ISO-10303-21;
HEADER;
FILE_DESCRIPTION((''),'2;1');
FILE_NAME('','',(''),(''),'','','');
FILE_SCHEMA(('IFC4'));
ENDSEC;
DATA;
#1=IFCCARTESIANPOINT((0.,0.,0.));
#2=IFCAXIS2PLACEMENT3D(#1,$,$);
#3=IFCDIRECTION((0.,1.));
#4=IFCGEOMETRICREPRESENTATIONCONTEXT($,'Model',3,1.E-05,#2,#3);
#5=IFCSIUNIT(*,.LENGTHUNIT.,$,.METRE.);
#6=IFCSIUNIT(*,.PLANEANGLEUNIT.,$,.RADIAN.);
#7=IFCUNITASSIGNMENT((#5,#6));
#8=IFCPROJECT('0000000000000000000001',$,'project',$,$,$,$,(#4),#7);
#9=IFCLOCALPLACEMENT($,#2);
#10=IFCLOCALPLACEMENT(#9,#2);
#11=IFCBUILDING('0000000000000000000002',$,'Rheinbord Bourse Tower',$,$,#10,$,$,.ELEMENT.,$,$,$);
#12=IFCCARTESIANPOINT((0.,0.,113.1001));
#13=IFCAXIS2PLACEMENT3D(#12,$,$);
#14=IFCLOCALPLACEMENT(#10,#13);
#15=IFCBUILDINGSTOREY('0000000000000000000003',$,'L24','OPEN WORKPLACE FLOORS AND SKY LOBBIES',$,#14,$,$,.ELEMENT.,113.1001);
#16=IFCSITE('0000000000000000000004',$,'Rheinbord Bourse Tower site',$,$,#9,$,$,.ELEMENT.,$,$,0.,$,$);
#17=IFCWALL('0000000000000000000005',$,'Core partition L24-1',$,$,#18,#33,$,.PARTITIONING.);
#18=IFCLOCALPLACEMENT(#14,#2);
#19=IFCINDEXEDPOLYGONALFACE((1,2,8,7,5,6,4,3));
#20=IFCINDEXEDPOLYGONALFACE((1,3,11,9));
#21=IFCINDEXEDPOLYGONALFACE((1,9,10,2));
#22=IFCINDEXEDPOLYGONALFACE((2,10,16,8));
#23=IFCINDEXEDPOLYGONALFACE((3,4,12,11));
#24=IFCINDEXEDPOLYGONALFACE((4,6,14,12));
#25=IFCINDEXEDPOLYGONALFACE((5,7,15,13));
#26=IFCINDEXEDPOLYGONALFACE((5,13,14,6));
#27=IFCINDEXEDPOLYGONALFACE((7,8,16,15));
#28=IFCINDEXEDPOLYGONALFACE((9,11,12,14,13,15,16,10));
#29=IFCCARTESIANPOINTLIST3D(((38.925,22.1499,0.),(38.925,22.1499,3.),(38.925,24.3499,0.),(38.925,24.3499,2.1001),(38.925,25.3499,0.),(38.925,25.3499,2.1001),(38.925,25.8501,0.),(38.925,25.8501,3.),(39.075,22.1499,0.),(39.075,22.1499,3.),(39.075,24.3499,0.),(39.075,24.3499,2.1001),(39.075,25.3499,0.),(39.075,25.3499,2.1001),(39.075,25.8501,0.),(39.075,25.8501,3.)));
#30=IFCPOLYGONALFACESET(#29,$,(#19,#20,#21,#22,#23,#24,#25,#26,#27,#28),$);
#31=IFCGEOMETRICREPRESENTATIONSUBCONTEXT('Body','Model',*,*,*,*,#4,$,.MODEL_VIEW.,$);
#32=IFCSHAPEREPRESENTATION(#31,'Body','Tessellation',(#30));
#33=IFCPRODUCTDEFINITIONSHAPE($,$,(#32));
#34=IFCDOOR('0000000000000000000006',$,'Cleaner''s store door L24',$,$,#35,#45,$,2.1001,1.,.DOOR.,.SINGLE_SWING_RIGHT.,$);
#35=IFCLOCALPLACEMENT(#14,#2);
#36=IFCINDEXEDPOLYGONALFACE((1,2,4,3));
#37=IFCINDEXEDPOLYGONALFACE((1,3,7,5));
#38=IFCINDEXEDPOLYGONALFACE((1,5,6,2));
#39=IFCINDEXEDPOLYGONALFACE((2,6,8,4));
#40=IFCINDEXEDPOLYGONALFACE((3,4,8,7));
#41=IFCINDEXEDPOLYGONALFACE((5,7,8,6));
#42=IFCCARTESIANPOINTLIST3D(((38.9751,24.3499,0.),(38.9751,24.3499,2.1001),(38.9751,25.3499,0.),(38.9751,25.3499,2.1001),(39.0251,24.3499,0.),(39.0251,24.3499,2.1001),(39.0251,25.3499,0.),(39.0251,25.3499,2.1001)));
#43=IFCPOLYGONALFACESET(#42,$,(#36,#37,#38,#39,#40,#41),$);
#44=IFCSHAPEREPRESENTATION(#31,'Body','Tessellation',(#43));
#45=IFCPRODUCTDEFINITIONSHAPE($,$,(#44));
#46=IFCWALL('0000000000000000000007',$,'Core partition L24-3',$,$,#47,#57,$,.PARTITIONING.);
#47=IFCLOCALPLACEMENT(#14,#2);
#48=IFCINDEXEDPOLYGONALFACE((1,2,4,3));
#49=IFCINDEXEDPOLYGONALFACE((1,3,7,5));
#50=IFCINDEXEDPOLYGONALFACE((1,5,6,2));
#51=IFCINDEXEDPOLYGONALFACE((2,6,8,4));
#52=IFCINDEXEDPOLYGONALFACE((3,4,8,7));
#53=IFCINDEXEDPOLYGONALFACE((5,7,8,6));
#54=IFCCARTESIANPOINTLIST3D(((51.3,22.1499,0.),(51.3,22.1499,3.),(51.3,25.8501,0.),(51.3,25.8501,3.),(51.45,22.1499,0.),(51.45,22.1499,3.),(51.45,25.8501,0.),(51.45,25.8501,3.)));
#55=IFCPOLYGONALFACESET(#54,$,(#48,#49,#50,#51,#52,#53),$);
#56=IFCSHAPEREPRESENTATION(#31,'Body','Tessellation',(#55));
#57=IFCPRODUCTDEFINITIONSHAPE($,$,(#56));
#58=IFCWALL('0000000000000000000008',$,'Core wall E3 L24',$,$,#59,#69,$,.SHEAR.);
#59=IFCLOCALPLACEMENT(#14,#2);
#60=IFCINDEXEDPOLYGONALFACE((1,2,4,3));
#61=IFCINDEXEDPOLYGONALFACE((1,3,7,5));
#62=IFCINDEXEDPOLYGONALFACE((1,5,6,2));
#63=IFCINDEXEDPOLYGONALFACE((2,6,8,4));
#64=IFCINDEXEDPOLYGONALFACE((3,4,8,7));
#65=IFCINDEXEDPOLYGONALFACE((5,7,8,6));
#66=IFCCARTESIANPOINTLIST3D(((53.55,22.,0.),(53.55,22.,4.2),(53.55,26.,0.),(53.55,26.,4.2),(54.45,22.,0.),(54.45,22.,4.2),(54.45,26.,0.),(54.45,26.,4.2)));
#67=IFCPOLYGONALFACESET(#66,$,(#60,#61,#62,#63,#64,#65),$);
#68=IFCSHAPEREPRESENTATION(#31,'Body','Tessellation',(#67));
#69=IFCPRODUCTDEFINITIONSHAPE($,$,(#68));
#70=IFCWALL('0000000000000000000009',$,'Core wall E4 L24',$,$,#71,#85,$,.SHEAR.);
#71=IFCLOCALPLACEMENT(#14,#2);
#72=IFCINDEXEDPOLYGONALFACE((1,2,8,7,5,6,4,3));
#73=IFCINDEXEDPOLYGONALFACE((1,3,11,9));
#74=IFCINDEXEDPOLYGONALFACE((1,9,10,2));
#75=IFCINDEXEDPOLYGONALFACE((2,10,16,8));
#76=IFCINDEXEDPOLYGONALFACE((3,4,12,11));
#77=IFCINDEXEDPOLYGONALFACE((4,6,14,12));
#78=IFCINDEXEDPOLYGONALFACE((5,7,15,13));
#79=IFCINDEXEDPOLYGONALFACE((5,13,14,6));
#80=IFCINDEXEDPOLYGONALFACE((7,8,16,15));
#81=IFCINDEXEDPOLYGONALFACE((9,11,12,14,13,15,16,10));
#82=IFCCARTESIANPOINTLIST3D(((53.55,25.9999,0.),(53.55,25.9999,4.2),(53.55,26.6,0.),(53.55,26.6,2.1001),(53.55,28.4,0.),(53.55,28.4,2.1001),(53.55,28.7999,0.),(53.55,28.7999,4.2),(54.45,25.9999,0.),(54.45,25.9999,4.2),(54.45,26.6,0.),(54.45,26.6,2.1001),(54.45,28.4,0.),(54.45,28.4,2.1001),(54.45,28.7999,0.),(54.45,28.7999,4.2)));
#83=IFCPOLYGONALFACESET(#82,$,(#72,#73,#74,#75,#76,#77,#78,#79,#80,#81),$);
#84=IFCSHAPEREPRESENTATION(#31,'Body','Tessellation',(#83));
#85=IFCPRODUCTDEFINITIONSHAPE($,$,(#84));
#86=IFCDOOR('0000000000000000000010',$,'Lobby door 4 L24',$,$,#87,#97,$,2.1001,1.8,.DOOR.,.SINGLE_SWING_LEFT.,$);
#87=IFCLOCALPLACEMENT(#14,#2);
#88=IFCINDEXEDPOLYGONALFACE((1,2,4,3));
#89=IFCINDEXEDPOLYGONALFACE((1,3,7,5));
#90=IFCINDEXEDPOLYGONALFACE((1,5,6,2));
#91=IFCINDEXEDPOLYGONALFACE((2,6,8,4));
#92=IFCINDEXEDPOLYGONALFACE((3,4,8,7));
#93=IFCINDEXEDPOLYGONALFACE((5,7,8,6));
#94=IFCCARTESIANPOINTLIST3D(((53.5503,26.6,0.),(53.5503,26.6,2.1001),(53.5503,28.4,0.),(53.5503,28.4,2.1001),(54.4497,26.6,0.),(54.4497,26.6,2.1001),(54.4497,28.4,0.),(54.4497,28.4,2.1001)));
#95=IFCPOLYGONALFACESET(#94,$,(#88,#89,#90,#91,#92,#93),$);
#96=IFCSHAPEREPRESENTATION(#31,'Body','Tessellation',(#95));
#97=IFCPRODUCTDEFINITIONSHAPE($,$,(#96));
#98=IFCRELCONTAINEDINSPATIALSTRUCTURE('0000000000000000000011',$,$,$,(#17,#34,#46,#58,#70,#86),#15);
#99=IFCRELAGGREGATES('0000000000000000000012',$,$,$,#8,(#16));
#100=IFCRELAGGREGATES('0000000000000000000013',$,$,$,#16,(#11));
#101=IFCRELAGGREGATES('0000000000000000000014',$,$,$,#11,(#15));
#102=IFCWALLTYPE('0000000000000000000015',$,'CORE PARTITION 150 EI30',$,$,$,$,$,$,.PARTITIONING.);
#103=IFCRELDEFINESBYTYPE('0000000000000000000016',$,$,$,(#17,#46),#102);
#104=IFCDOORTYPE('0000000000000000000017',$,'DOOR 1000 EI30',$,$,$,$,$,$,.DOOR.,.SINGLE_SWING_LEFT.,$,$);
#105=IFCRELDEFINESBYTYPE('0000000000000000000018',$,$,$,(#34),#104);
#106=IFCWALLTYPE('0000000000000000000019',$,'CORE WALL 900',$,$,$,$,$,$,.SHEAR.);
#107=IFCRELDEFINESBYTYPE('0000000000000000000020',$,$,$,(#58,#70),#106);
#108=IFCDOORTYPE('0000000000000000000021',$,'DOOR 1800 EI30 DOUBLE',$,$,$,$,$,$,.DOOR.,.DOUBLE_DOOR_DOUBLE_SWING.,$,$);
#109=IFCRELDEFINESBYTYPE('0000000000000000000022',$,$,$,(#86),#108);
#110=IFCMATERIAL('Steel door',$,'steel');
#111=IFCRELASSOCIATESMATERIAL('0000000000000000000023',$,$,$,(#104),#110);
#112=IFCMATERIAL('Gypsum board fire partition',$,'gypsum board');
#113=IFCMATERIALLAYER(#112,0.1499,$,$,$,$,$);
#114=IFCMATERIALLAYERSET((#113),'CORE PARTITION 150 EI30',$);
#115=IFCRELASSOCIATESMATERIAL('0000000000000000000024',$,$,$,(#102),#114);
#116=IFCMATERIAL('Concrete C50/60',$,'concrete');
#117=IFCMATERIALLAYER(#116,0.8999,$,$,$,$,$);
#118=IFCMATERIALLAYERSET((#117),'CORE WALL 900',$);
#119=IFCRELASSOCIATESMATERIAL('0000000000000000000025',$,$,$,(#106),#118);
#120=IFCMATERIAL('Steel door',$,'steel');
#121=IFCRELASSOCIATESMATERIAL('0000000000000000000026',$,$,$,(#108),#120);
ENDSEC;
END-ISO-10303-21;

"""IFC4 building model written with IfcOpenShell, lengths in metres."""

from ifc_helpers import new_model, si_unit, direction, frame, frame_2d, origin, place, context, subcontext, project, spatial, rectangle, extrude, material, layer, layer_set, type_object, element, fill, save


model = new_model("IFC4")

# Units and contexts
model_context = context("Model", 3, precision=1e-05, world=origin(), true_north=direction((0.0, 1.0)))
body_context = subcontext(model_context, "Body", "Model", "MODEL_VIEW")
ifc_project = project(units=[si_unit("LENGTHUNIT", "METRE"), si_unit("PLANEANGLEUNIT", "RADIAN")], contexts=[model_context])

# Site, building, storey
site_placement = place(None, origin())
site = spatial("IfcSite", under=ifc_project, at=site_placement, Name="Rheinbord Bourse Tower site", CompositionType="ELEMENT", RefElevation=0.0)
building_placement = place(site_placement, origin())
building = spatial("IfcBuilding", under=site, at=building_placement, Name="Rheinbord Bourse Tower", CompositionType="ELEMENT")
storey_placement = place(building_placement, frame((0.0, 0.0, 113.1001)))
storey = spatial("IfcBuildingStorey", under=building, at=storey_placement, Name="L24", Description="OPEN WORKPLACE FLOORS AND SKY LOBBIES", CompositionType="ELEMENT", Elevation=113.1001)

# Shared definitions
ifc_material_1 = material(Name="Steel door", Category="steel")
door_type_1 = type_object("IfcDoorType", Name="DOOR 1000 EI30", OperationType="SINGLE_SWING_LEFT", PredefinedType="DOOR", material=ifc_material_1)

# Wall, opening, door
ifc_material_2 = material(Name="Gypsum board fire partition", Category="gypsum board")
ifc_layer_1 = layer(ifc_material_2, 0.1499)
ifc_layer_set_1 = layer_set([ifc_layer_1], Name="CORE PARTITION 150 EI30")
wall_type_1 = type_object("IfcWallType", Name="CORE PARTITION 150 EI30", PredefinedType="PARTITIONING", material=ifc_layer_set_1)
wall_1_placement = place(storey_placement, frame((39.0, 22.1499, 0.0), z_axis=(0.0, 0.0, 1.0), x_axis=(0.0, 1.0, 0.0)))
wall_1 = element("IfcWall", 1, at=wall_1_placement, inside=storey, type_object=wall_type_1, Name="Core partition L24-1", PredefinedType="PARTITIONING", context=body_context, shape_type="SweptSolid", body=[
    extrude(rectangle(XDim=3.7002, YDim=0.1499, at=frame_2d((1.8501, 0.0))), origin(), (0.0, 0.0, 1.0), 3.0),
])
opening_1_placement = place(wall_1_placement, frame((2.2, 0.0, 0.0)))
opening_1 = element("IfcOpeningElement", 2, at=opening_1_placement, cuts=wall_1, PredefinedType="OPENING", context=body_context, shape_type="SweptSolid", body=[
    extrude(rectangle(XDim=1.0, YDim=2.1001, at=frame_2d((0.5, 1.05))), frame((0.0, 0.085, 0.0), z_axis=(0.0, -1.0, 0.0), x_axis=(1.0, 0.0, 0.0)), (0.0, 0.0, 1.0), 0.1699),
])
door_1_placement = place(opening_1_placement, origin())
door_1 = element("IfcDoor", 3, at=door_1_placement, inside=storey, type_object=door_type_1, Name="Cleaner's store door L24", OperationType="SINGLE_SWING_RIGHT", OverallHeight=2.1001, OverallWidth=1.0, PredefinedType="DOOR", context=body_context, shape_type="SweptSolid", body=[
    extrude(rectangle(XDim=1.0, YDim=2.1001, at=frame_2d((0.5, 1.05))), frame((0.0, 0.0249, 0.0), z_axis=(0.0, -1.0, 0.0), x_axis=(1.0, 0.0, 0.0)), (0.0, 0.0, 1.0), 0.05),
])
fill(opening_1, door_1)

# Walls
wall_2_placement = place(storey_placement, frame((51.375, 22.1499, 0.0), z_axis=(0.0, 0.0, 1.0), x_axis=(0.0, 1.0, 0.0)))
element("IfcWall", 4, at=wall_2_placement, inside=storey, type_object=wall_type_1, Name="Core partition L24-3", PredefinedType="PARTITIONING", context=body_context, shape_type="SweptSolid", body=[
    extrude(rectangle(XDim=3.7002, YDim=0.1499, at=frame_2d((1.8501, 0.0))), origin(), (0.0, 0.0, 1.0), 3.0),
])
ifc_material_3 = material(Name="Concrete C50/60", Category="concrete")
ifc_layer_2 = layer(ifc_material_3, 0.8999)
ifc_layer_set_2 = layer_set([ifc_layer_2], Name="CORE WALL 900")
wall_type_2 = type_object("IfcWallType", Name="CORE WALL 900", PredefinedType="SHEAR", material=ifc_layer_set_2)
wall_3_placement = place(storey_placement, frame((54.0, 22.0, 0.0), z_axis=(0.0, 0.0, 1.0), x_axis=(0.0, 1.0, 0.0)))
element("IfcWall", 5, at=wall_3_placement, inside=storey, type_object=wall_type_2, Name="Core wall E3 L24", PredefinedType="SHEAR", context=body_context, shape_type="SweptSolid", body=[
    extrude(rectangle(XDim=4.0, YDim=0.8999, at=frame_2d((2.0, 0.0))), origin(), (0.0, 0.0, 1.0), 4.2),
])

# Wall, opening, door
wall_4_placement = place(storey_placement, frame((54.0, 26.0, 0.0), z_axis=(0.0, 0.0, 1.0), x_axis=(0.0, 1.0, 0.0)))
wall_4 = element("IfcWall", 6, at=wall_4_placement, inside=storey, type_object=wall_type_2, Name="Core wall E4 L24", PredefinedType="SHEAR", context=body_context, shape_type="SweptSolid", body=[
    extrude(rectangle(XDim=2.8, YDim=0.8999, at=frame_2d((1.3999, 0.0))), origin(), (0.0, 0.0, 1.0), 4.2),
])
opening_2_placement = place(wall_4_placement, frame((0.6001, 0.0, 0.0)))
opening_2 = element("IfcOpeningElement", 7, at=opening_2_placement, cuts=wall_4, PredefinedType="OPENING", context=body_context, shape_type="SweptSolid", body=[
    extrude(rectangle(XDim=1.8, YDim=2.1001, at=frame_2d((0.8999, 1.05))), frame((0.0, 0.46, 0.0), z_axis=(0.0, -1.0, 0.0), x_axis=(1.0, 0.0, 0.0)), (0.0, 0.0, 1.0), 0.9199),
])
ifc_material_4 = material(Name="Steel door", Category="steel")
door_type_2 = type_object("IfcDoorType", Name="DOOR 1800 EI30 DOUBLE", OperationType="DOUBLE_DOOR_DOUBLE_SWING", PredefinedType="DOOR", material=ifc_material_4)
door_2_placement = place(opening_2_placement, origin())
door_2 = element("IfcDoor", 8, at=door_2_placement, inside=storey, type_object=door_type_2, Name="Lobby door 4 L24", OperationType="SINGLE_SWING_LEFT", OverallHeight=2.1001, OverallWidth=1.8, PredefinedType="DOOR", context=body_context, shape_type="SweptSolid", body=[
    extrude(rectangle(XDim=1.8, YDim=2.1001, at=frame_2d((0.8999, 1.05))), frame((0.0, 0.4497, 0.0), z_axis=(0.0, -1.0, 0.0), x_axis=(1.0, 0.0, 0.0)), (0.0, 0.0, 1.0), 0.8994),
])
fill(opening_2, door_2)

save(model, "model.ifc")
